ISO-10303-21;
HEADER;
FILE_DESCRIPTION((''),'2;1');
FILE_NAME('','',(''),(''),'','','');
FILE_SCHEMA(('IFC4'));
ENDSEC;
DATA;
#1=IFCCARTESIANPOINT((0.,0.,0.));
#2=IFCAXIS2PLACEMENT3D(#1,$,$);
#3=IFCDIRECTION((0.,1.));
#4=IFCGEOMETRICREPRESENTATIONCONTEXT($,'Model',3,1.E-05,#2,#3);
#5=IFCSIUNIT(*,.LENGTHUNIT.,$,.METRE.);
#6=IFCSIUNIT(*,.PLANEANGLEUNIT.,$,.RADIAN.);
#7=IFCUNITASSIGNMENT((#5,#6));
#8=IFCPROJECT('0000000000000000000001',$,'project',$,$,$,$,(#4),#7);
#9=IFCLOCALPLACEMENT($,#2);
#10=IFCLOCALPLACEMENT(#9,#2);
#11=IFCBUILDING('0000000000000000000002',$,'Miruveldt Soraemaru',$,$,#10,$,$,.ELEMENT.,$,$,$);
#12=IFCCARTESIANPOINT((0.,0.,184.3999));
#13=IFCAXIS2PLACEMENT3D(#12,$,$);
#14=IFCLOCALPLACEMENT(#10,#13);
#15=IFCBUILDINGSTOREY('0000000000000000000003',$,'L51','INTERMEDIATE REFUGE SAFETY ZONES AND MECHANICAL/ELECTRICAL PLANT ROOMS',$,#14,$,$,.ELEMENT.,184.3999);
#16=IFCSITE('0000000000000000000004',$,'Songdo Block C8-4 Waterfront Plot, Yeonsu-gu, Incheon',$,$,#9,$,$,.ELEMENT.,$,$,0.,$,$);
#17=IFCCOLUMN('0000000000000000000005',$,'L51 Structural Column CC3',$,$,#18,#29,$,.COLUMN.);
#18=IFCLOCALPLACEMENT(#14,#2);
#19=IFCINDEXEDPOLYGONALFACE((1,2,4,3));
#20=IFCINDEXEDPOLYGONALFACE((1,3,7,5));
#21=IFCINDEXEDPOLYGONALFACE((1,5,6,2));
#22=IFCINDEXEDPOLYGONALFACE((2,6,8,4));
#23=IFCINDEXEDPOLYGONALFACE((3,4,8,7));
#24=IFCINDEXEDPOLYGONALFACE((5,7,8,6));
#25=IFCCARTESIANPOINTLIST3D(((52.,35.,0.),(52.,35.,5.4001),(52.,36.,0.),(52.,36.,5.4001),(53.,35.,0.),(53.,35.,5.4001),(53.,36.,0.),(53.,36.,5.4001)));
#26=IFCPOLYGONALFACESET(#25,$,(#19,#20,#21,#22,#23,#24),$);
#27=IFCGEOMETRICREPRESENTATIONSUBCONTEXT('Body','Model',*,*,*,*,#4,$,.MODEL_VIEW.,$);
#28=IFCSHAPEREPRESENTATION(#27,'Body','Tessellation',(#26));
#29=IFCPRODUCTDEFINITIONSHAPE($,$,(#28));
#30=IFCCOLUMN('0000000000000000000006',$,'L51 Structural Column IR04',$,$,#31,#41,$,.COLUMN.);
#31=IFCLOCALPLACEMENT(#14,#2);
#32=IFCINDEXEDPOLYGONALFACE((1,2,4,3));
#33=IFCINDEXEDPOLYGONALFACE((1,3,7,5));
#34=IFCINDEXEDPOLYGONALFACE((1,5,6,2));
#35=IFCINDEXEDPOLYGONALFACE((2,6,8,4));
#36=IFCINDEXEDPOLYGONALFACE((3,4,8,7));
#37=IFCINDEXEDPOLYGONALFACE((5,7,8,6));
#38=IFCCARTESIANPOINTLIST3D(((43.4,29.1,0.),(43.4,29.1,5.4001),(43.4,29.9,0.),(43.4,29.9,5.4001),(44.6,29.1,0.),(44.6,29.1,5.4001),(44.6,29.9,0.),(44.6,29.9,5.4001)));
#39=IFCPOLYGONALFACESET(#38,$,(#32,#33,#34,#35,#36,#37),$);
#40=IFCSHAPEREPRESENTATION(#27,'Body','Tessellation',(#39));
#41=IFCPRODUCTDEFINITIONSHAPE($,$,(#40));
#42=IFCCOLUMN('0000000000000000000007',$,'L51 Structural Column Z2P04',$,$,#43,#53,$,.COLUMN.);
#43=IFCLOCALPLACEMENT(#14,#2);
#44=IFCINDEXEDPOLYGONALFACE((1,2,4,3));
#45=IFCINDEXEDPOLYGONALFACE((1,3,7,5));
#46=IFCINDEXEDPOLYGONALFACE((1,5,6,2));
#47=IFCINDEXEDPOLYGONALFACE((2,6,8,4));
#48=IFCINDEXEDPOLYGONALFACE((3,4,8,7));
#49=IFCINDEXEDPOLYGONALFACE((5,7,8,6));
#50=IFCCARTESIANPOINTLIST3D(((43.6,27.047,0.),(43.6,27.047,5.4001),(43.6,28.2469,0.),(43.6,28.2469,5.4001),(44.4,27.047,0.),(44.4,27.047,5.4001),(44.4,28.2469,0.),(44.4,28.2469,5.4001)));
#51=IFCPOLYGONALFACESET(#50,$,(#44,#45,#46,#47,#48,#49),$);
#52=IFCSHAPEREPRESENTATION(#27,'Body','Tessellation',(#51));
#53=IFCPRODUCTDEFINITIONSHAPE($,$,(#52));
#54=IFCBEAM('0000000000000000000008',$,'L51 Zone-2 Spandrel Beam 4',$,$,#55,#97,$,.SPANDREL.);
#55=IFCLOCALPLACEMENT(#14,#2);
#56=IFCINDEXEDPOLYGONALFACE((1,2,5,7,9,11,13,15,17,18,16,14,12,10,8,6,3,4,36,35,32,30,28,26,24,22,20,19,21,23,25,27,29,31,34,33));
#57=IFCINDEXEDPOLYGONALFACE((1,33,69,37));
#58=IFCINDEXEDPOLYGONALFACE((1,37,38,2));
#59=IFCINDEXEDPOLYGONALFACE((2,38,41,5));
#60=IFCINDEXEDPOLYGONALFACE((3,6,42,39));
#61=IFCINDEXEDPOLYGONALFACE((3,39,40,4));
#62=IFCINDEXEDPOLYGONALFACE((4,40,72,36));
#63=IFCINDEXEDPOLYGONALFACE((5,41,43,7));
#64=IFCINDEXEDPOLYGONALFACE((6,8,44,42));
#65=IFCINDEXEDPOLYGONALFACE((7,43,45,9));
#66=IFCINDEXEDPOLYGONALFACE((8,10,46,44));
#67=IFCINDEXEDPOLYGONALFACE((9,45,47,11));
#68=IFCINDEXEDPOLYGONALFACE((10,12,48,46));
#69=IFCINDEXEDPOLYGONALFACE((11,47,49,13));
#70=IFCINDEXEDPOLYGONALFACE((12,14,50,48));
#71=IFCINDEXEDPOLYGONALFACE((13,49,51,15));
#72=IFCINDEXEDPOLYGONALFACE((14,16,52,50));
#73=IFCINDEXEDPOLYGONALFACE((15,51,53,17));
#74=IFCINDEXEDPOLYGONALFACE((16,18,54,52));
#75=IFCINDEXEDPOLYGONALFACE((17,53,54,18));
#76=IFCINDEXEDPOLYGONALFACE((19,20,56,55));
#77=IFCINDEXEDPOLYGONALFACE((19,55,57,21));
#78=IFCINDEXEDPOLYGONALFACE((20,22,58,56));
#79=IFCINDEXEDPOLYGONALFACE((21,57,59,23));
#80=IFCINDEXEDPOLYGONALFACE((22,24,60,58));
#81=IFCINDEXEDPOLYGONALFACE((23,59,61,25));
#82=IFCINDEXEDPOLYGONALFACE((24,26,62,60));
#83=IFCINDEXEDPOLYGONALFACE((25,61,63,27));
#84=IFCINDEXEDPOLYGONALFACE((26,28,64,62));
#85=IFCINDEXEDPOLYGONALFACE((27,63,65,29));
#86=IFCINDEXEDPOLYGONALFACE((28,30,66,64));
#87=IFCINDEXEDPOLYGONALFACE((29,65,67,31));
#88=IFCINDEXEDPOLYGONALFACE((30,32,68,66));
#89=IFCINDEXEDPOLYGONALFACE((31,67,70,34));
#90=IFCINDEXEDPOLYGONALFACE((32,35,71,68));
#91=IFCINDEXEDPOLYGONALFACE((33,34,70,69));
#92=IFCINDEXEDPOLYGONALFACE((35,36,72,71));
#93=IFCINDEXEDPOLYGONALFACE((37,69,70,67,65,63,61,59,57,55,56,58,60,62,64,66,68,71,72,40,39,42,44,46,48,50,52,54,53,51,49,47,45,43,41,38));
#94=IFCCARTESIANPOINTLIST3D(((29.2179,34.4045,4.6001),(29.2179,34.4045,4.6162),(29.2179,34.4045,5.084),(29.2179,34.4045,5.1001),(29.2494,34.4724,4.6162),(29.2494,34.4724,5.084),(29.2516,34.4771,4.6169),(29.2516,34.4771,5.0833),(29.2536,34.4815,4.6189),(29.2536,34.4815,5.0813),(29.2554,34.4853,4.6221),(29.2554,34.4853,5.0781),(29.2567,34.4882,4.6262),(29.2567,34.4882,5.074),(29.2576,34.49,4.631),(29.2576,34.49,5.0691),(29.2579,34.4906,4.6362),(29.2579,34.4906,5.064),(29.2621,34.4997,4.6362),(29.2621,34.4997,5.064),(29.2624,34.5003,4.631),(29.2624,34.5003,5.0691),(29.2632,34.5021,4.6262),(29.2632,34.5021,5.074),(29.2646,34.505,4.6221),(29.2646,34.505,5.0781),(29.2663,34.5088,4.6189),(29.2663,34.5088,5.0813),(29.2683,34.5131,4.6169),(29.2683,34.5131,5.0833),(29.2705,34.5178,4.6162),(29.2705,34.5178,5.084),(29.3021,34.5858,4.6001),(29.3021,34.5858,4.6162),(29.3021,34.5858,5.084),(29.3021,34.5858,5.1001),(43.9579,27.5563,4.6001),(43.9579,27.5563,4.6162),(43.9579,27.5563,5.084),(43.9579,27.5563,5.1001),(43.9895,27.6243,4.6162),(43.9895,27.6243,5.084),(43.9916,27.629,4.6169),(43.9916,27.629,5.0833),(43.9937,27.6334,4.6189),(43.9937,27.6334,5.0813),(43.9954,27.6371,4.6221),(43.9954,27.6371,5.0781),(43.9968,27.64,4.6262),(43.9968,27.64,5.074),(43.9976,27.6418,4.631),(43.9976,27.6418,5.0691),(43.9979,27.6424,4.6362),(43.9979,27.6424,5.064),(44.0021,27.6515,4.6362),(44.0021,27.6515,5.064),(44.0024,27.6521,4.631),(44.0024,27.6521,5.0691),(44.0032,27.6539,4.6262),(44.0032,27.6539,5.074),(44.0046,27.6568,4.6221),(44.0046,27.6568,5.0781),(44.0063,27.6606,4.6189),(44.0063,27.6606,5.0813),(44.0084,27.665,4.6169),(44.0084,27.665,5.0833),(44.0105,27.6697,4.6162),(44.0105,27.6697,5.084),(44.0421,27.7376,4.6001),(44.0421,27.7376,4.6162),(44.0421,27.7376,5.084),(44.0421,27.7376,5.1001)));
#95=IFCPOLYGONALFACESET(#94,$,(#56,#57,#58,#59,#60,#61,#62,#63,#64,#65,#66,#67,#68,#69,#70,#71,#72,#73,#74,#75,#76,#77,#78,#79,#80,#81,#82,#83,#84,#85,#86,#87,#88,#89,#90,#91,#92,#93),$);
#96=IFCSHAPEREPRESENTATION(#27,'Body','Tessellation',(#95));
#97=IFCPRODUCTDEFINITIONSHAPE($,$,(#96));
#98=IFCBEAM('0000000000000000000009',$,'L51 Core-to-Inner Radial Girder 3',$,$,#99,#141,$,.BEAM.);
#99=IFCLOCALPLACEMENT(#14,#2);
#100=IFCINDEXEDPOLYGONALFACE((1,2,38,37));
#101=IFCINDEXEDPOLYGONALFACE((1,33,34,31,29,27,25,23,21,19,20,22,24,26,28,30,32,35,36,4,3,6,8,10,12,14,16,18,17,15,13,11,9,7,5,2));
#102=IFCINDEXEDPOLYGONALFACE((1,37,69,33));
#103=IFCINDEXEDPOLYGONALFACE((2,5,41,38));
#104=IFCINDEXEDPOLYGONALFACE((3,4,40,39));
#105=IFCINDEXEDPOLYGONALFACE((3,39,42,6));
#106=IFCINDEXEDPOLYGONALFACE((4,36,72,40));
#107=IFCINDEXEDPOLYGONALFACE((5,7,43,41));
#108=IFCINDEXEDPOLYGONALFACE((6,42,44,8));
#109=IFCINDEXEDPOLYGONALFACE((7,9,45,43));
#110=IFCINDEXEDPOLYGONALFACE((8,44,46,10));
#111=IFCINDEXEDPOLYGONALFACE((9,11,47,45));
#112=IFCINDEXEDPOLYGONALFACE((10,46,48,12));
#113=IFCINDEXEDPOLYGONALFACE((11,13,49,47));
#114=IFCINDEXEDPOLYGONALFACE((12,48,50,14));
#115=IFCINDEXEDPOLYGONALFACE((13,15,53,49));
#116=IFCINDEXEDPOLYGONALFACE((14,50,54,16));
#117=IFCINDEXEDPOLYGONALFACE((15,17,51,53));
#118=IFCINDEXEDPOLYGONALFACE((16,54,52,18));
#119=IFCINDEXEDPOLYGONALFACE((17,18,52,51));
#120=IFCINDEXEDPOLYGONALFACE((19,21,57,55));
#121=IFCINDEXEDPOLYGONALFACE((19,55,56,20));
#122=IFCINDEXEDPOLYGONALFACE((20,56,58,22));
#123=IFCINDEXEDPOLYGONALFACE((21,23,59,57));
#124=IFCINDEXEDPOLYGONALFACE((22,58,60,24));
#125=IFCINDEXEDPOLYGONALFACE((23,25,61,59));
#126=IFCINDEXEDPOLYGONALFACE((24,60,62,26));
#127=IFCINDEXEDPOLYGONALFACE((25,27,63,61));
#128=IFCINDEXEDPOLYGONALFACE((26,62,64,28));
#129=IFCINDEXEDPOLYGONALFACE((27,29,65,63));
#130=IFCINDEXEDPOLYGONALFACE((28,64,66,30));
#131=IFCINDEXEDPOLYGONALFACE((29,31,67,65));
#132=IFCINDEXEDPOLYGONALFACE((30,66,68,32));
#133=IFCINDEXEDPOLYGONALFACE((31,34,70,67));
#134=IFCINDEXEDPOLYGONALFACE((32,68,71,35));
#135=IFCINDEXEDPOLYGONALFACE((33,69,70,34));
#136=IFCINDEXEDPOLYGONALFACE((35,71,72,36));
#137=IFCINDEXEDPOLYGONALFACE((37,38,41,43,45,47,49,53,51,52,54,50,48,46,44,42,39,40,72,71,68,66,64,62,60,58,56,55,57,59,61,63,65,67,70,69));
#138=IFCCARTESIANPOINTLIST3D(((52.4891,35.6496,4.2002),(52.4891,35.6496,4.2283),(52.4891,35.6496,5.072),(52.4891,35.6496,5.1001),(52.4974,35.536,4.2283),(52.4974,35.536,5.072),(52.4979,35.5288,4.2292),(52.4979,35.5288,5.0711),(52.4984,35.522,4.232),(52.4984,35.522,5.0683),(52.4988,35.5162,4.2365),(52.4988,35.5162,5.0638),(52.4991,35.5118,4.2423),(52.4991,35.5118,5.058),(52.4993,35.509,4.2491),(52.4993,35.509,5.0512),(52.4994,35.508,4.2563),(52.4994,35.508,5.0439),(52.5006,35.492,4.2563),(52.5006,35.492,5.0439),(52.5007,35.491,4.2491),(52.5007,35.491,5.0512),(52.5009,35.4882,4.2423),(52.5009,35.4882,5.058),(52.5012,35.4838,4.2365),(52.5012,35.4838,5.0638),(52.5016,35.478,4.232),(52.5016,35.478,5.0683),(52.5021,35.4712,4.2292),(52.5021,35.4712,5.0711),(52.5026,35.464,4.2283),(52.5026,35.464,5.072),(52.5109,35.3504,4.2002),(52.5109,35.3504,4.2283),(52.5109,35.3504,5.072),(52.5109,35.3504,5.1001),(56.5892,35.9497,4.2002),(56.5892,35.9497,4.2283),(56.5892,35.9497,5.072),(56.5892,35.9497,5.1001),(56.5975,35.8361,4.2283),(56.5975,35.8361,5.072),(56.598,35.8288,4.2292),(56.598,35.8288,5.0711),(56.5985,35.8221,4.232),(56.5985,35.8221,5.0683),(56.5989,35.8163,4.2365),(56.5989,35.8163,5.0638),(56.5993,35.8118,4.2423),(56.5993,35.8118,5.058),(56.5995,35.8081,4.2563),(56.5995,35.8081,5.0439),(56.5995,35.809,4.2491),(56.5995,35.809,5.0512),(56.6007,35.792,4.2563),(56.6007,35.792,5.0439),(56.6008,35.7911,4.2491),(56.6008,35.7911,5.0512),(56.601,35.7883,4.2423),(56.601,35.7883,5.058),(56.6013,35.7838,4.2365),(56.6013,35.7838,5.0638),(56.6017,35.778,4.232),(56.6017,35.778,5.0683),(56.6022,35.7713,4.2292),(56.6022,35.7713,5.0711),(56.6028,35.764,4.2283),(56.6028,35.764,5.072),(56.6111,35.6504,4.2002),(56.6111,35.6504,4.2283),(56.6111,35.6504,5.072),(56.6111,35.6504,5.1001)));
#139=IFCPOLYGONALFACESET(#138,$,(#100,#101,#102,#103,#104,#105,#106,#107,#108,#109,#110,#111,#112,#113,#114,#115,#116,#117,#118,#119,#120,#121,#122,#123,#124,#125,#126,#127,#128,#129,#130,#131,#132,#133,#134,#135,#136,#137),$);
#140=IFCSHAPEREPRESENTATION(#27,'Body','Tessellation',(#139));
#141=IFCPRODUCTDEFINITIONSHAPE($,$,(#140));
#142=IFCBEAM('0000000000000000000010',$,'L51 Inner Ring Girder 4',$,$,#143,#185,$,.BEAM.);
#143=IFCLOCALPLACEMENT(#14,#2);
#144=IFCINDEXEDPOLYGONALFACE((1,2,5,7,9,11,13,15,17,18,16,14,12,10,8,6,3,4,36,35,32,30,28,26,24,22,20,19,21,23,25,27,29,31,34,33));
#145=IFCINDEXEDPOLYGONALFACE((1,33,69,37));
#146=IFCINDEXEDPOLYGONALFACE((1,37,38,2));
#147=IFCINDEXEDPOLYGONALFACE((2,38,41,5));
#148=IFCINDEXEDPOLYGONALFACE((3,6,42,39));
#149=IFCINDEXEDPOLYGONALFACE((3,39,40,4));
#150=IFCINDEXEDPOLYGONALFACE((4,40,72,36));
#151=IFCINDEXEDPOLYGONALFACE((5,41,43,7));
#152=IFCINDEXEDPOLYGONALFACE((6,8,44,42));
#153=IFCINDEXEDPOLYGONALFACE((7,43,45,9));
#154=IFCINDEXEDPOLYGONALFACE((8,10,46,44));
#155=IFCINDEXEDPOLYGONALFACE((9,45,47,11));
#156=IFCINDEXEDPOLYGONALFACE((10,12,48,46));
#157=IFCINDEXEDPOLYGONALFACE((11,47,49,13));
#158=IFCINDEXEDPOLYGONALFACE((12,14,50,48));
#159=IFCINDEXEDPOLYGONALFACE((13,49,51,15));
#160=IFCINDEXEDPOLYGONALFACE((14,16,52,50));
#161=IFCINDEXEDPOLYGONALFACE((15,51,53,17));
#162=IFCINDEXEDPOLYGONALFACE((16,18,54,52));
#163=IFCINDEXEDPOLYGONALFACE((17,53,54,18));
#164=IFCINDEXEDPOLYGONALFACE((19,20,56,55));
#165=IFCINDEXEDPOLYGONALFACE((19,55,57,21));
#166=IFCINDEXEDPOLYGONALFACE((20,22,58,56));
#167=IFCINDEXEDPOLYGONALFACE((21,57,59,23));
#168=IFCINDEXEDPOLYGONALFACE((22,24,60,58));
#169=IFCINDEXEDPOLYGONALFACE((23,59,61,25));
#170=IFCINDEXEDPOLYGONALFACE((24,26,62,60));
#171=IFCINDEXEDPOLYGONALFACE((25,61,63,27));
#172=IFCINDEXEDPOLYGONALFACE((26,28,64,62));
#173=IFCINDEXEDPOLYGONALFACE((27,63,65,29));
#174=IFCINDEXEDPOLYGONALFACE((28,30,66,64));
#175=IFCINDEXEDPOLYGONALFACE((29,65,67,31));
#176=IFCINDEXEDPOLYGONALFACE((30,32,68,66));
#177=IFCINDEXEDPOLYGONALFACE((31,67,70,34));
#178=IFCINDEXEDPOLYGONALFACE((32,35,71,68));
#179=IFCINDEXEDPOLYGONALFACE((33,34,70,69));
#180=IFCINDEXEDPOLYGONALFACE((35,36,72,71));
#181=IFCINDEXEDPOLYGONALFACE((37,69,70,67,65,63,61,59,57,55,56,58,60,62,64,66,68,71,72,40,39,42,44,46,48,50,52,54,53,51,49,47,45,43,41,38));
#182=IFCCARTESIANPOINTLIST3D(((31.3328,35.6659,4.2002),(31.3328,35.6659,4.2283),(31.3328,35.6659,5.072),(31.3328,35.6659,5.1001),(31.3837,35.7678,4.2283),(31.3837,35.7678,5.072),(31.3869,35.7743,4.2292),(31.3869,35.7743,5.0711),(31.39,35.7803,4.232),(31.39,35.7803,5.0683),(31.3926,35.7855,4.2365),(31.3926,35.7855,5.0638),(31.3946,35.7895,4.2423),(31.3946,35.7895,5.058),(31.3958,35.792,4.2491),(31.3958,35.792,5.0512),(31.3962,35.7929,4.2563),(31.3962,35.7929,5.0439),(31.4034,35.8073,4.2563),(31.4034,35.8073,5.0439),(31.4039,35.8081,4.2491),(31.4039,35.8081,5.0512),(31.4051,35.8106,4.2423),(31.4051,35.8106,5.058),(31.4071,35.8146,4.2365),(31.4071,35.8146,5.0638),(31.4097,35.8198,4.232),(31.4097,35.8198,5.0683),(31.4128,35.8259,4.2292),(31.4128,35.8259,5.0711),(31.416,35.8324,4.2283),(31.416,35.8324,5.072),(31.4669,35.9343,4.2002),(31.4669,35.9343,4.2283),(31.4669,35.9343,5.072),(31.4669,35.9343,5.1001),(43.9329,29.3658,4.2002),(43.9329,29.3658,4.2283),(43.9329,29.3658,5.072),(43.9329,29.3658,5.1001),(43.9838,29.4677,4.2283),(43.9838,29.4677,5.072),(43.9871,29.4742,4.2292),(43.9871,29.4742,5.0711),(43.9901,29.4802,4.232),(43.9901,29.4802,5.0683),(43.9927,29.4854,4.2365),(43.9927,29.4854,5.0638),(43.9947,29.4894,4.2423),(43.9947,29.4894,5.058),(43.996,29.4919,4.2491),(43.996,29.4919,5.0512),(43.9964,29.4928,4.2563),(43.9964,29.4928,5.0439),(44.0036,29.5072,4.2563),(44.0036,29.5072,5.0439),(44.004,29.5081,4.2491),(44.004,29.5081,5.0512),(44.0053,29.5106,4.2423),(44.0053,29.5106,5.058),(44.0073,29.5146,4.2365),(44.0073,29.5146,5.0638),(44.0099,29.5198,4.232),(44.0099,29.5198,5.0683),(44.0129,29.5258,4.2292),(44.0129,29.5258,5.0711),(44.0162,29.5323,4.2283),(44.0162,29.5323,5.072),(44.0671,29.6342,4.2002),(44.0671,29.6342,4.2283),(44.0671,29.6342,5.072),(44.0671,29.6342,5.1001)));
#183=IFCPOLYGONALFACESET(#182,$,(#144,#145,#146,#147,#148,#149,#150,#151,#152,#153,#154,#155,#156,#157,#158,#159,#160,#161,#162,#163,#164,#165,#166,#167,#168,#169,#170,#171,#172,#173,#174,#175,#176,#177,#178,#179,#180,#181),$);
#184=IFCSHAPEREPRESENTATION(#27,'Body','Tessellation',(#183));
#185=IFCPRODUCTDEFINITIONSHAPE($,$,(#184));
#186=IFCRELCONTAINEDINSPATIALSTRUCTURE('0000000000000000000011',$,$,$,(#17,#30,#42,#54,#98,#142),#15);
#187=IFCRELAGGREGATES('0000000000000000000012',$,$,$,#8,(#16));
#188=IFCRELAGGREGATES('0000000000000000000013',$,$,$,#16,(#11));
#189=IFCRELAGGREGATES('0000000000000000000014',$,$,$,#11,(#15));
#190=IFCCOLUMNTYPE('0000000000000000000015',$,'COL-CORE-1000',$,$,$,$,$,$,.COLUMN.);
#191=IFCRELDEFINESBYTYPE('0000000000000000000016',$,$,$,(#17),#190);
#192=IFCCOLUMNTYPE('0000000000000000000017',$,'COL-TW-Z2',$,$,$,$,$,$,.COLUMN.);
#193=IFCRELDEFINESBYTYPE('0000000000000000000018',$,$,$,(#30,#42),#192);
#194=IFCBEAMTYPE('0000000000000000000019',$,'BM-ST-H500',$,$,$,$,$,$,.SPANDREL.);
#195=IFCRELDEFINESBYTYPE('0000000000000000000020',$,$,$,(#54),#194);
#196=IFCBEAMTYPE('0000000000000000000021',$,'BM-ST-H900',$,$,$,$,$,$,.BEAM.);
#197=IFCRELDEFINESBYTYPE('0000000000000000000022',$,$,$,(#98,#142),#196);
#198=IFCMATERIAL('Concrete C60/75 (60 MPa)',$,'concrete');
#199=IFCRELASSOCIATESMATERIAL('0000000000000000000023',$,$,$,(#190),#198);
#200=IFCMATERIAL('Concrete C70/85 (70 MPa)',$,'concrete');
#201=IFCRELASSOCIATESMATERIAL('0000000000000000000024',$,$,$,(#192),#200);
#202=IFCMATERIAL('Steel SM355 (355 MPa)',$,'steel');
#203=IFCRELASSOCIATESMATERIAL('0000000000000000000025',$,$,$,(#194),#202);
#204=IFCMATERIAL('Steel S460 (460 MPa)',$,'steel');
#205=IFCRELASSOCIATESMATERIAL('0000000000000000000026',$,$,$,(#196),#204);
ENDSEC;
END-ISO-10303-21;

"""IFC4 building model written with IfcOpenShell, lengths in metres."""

from ifc_helpers import new_model, si_unit, direction, frame, origin, origin_2d, place, context, subcontext, project, spatial, rectangle, i_section, extrude, material, material_profile, profile_set, type_object, element, save


model = new_model("IFC4")

# Units and contexts
model_context = context("Model", 3, precision=1e-05, world=origin(), true_north=direction((0.0, 1.0)))
body_context = subcontext(model_context, "Body", "Model", "MODEL_VIEW")
ifc_project = project(units=[si_unit("LENGTHUNIT", "METRE"), si_unit("PLANEANGLEUNIT", "RADIAN")], contexts=[model_context])

# Site, building, storey
site_placement = place(None, origin())
site = spatial("IfcSite", under=ifc_project, at=site_placement, Name="Songdo Block C8-4 Waterfront Plot, Yeonsu-gu, Incheon", CompositionType="ELEMENT", RefElevation=0.0)
building_placement = place(site_placement, origin())
building = spatial("IfcBuilding", under=site, at=building_placement, Name="Miruveldt Soraemaru", CompositionType="ELEMENT")
storey_placement = place(building_placement, frame((0.0, 0.0, 184.3999)))
storey = spatial("IfcBuildingStorey", under=building, at=storey_placement, Name="L51", Description="INTERMEDIATE REFUGE SAFETY ZONES AND MECHANICAL/ELECTRICAL PLANT ROOMS", CompositionType="ELEMENT", Elevation=184.3999)

# Columns
ifc_material_1 = material(Name="Concrete C60/75 (60 MPa)", Category="concrete")
ifc_material_profile_1 = material_profile(ifc_material_1, rectangle(XDim=1.0, YDim=1.0, at=origin_2d()), Name="Concrete C60/75 (60 MPa)", Category="concrete")
ifc_profile_set_1 = profile_set([ifc_material_profile_1], Name="Concrete C60/75 (60 MPa)")
column_type_1 = type_object("IfcColumnType", Name="COL-CORE-1000", PredefinedType="COLUMN", material=ifc_profile_set_1)
column_placement = place(storey_placement, frame((52.5, 35.5, 0.0), z_axis=(0.0, 0.0, 1.0), x_axis=(1.0, 0.0, 0.0)))
element("IfcColumn", 1, at=column_placement, inside=storey, type_object=column_type_1, Name="L51 Structural Column CC3", PredefinedType="COLUMN", context=body_context, shape_type="SweptSolid", body=[
    extrude(rectangle(XDim=1.0, YDim=1.0, at=origin_2d()), origin(), (0.0, 0.0, 1.0), 5.4001),
])
ifc_material_2 = material(Name="Concrete C70/85 (70 MPa)", Category="concrete")
ifc_material_profile_2 = material_profile(ifc_material_2, rectangle(XDim=1.2, YDim=0.8, at=origin_2d()), Name="Concrete C70/85 (70 MPa)", Category="concrete")
ifc_profile_set_2 = profile_set([ifc_material_profile_2], Name="Concrete C70/85 (70 MPa)")
column_type_2 = type_object("IfcColumnType", Name="COL-TW-Z2", PredefinedType="COLUMN", material=ifc_profile_set_2)
for number, where, z_axis, x_axis, name in (
    (2, (44.0, 29.5, 0.0), (0.0, 0.0, 1.0), (1.0, 0.0, 0.0), "L51 Structural Column IR04"),
    (3, (44.0, 27.647, 0.0), (0.0, 0.0, 1.0), (0.0, 1.0, 0.0), "L51 Structural Column Z2P04"),
):
    element("IfcColumn", number, at=place(storey_placement, frame(where, z_axis=z_axis, x_axis=x_axis)), inside=storey, type_object=column_type_2, Name=name, PredefinedType="COLUMN", context=body_context, shape_type="SweptSolid", body=[
        extrude(rectangle(XDim=1.2, YDim=0.8, at=origin_2d()), origin(), (0.0, 0.0, 1.0), 5.4001),
    ])

# Beams
ifc_material_3 = material(Name="Steel SM355 (355 MPa)", Category="steel")
ifc_material_profile_3 = material_profile(ifc_material_3, i_section(OverallWidth=0.2, OverallDepth=0.5, WebThickness=0.01, FlangeThickness=0.0161, FilletRadius=0.02, at=origin_2d()), Name="Steel SM355 (355 MPa)", Category="steel")
ifc_profile_set_3 = profile_set([ifc_material_profile_3], Name="Steel SM355 (355 MPa)")
beam_type_1 = type_object("IfcBeamType", Name="BM-ST-H500", PredefinedType="SPANDREL", material=ifc_profile_set_3)
beam_1_placement = place(storey_placement, frame((44.0, 27.647, 4.8501), z_axis=(-0.906901, 0.421343, 0.0), x_axis=(-0.421343, -0.906901, 0.0)))
element("IfcBeam", 4, at=beam_1_placement, inside=storey, type_object=beam_type_1, Name="L51 Zone-2 Spandrel Beam 4", PredefinedType="SPANDREL", context=body_context, shape_type="SweptSolid", body=[
    extrude(i_section(OverallWidth=0.2, OverallDepth=0.5, WebThickness=0.01, FlangeThickness=0.0161, FilletRadius=0.02, at=origin_2d()), origin(), (0.0, 0.0, 1.0), 16.2532),
])
ifc_material_4 = material(Name="Steel S460 (460 MPa)", Category="steel")
ifc_material_profile_4 = material_profile(ifc_material_4, i_section(OverallWidth=0.3, OverallDepth=0.8999, WebThickness=0.0161, FlangeThickness=0.0281, FilletRadius=0.0281, at=origin_2d()), Name="Steel S460 (460 MPa)", Category="steel")
ifc_profile_set_4 = profile_set([ifc_material_profile_4], Name="Steel S460 (460 MPa)")
beam_type_2 = type_object("IfcBeamType", Name="BM-ST-H900", PredefinedType="BEAM", material=ifc_profile_set_4)
beam_2_placement = place(storey_placement, frame((52.5, 35.5, 4.6501), z_axis=(0.997333, 0.072986, 0.0), x_axis=(-0.072986, 0.997333, 0.0)))
element("IfcBeam", 5, at=beam_2_placement, inside=storey, type_object=beam_type_2, Name="L51 Core-to-Inner Radial Girder 3", PredefinedType="BEAM", context=body_context, shape_type="SweptSolid", body=[
    extrude(i_section(OverallWidth=0.3, OverallDepth=0.8999, WebThickness=0.0161, FlangeThickness=0.0281, FilletRadius=0.0281, at=origin_2d()), origin(), (0.0, 0.0, 1.0), 4.1111),
])
beam_3_placement = place(storey_placement, frame((44.0, 29.5, 4.6501), z_axis=(-0.894427, 0.447214, 0.0), x_axis=(-0.447214, -0.894427, 0.0)))
element("IfcBeam", 6, at=beam_3_placement, inside=storey, type_object=beam_type_2, Name="L51 Inner Ring Girder 4", PredefinedType="BEAM", context=body_context, shape_type="SweptSolid", body=[
    extrude(i_section(OverallWidth=0.3, OverallDepth=0.8999, WebThickness=0.0161, FlangeThickness=0.0281, FilletRadius=0.0281, at=origin_2d()), origin(), (0.0, 0.0, 1.0), 14.0874),
])

save(model, "model.ifc")
